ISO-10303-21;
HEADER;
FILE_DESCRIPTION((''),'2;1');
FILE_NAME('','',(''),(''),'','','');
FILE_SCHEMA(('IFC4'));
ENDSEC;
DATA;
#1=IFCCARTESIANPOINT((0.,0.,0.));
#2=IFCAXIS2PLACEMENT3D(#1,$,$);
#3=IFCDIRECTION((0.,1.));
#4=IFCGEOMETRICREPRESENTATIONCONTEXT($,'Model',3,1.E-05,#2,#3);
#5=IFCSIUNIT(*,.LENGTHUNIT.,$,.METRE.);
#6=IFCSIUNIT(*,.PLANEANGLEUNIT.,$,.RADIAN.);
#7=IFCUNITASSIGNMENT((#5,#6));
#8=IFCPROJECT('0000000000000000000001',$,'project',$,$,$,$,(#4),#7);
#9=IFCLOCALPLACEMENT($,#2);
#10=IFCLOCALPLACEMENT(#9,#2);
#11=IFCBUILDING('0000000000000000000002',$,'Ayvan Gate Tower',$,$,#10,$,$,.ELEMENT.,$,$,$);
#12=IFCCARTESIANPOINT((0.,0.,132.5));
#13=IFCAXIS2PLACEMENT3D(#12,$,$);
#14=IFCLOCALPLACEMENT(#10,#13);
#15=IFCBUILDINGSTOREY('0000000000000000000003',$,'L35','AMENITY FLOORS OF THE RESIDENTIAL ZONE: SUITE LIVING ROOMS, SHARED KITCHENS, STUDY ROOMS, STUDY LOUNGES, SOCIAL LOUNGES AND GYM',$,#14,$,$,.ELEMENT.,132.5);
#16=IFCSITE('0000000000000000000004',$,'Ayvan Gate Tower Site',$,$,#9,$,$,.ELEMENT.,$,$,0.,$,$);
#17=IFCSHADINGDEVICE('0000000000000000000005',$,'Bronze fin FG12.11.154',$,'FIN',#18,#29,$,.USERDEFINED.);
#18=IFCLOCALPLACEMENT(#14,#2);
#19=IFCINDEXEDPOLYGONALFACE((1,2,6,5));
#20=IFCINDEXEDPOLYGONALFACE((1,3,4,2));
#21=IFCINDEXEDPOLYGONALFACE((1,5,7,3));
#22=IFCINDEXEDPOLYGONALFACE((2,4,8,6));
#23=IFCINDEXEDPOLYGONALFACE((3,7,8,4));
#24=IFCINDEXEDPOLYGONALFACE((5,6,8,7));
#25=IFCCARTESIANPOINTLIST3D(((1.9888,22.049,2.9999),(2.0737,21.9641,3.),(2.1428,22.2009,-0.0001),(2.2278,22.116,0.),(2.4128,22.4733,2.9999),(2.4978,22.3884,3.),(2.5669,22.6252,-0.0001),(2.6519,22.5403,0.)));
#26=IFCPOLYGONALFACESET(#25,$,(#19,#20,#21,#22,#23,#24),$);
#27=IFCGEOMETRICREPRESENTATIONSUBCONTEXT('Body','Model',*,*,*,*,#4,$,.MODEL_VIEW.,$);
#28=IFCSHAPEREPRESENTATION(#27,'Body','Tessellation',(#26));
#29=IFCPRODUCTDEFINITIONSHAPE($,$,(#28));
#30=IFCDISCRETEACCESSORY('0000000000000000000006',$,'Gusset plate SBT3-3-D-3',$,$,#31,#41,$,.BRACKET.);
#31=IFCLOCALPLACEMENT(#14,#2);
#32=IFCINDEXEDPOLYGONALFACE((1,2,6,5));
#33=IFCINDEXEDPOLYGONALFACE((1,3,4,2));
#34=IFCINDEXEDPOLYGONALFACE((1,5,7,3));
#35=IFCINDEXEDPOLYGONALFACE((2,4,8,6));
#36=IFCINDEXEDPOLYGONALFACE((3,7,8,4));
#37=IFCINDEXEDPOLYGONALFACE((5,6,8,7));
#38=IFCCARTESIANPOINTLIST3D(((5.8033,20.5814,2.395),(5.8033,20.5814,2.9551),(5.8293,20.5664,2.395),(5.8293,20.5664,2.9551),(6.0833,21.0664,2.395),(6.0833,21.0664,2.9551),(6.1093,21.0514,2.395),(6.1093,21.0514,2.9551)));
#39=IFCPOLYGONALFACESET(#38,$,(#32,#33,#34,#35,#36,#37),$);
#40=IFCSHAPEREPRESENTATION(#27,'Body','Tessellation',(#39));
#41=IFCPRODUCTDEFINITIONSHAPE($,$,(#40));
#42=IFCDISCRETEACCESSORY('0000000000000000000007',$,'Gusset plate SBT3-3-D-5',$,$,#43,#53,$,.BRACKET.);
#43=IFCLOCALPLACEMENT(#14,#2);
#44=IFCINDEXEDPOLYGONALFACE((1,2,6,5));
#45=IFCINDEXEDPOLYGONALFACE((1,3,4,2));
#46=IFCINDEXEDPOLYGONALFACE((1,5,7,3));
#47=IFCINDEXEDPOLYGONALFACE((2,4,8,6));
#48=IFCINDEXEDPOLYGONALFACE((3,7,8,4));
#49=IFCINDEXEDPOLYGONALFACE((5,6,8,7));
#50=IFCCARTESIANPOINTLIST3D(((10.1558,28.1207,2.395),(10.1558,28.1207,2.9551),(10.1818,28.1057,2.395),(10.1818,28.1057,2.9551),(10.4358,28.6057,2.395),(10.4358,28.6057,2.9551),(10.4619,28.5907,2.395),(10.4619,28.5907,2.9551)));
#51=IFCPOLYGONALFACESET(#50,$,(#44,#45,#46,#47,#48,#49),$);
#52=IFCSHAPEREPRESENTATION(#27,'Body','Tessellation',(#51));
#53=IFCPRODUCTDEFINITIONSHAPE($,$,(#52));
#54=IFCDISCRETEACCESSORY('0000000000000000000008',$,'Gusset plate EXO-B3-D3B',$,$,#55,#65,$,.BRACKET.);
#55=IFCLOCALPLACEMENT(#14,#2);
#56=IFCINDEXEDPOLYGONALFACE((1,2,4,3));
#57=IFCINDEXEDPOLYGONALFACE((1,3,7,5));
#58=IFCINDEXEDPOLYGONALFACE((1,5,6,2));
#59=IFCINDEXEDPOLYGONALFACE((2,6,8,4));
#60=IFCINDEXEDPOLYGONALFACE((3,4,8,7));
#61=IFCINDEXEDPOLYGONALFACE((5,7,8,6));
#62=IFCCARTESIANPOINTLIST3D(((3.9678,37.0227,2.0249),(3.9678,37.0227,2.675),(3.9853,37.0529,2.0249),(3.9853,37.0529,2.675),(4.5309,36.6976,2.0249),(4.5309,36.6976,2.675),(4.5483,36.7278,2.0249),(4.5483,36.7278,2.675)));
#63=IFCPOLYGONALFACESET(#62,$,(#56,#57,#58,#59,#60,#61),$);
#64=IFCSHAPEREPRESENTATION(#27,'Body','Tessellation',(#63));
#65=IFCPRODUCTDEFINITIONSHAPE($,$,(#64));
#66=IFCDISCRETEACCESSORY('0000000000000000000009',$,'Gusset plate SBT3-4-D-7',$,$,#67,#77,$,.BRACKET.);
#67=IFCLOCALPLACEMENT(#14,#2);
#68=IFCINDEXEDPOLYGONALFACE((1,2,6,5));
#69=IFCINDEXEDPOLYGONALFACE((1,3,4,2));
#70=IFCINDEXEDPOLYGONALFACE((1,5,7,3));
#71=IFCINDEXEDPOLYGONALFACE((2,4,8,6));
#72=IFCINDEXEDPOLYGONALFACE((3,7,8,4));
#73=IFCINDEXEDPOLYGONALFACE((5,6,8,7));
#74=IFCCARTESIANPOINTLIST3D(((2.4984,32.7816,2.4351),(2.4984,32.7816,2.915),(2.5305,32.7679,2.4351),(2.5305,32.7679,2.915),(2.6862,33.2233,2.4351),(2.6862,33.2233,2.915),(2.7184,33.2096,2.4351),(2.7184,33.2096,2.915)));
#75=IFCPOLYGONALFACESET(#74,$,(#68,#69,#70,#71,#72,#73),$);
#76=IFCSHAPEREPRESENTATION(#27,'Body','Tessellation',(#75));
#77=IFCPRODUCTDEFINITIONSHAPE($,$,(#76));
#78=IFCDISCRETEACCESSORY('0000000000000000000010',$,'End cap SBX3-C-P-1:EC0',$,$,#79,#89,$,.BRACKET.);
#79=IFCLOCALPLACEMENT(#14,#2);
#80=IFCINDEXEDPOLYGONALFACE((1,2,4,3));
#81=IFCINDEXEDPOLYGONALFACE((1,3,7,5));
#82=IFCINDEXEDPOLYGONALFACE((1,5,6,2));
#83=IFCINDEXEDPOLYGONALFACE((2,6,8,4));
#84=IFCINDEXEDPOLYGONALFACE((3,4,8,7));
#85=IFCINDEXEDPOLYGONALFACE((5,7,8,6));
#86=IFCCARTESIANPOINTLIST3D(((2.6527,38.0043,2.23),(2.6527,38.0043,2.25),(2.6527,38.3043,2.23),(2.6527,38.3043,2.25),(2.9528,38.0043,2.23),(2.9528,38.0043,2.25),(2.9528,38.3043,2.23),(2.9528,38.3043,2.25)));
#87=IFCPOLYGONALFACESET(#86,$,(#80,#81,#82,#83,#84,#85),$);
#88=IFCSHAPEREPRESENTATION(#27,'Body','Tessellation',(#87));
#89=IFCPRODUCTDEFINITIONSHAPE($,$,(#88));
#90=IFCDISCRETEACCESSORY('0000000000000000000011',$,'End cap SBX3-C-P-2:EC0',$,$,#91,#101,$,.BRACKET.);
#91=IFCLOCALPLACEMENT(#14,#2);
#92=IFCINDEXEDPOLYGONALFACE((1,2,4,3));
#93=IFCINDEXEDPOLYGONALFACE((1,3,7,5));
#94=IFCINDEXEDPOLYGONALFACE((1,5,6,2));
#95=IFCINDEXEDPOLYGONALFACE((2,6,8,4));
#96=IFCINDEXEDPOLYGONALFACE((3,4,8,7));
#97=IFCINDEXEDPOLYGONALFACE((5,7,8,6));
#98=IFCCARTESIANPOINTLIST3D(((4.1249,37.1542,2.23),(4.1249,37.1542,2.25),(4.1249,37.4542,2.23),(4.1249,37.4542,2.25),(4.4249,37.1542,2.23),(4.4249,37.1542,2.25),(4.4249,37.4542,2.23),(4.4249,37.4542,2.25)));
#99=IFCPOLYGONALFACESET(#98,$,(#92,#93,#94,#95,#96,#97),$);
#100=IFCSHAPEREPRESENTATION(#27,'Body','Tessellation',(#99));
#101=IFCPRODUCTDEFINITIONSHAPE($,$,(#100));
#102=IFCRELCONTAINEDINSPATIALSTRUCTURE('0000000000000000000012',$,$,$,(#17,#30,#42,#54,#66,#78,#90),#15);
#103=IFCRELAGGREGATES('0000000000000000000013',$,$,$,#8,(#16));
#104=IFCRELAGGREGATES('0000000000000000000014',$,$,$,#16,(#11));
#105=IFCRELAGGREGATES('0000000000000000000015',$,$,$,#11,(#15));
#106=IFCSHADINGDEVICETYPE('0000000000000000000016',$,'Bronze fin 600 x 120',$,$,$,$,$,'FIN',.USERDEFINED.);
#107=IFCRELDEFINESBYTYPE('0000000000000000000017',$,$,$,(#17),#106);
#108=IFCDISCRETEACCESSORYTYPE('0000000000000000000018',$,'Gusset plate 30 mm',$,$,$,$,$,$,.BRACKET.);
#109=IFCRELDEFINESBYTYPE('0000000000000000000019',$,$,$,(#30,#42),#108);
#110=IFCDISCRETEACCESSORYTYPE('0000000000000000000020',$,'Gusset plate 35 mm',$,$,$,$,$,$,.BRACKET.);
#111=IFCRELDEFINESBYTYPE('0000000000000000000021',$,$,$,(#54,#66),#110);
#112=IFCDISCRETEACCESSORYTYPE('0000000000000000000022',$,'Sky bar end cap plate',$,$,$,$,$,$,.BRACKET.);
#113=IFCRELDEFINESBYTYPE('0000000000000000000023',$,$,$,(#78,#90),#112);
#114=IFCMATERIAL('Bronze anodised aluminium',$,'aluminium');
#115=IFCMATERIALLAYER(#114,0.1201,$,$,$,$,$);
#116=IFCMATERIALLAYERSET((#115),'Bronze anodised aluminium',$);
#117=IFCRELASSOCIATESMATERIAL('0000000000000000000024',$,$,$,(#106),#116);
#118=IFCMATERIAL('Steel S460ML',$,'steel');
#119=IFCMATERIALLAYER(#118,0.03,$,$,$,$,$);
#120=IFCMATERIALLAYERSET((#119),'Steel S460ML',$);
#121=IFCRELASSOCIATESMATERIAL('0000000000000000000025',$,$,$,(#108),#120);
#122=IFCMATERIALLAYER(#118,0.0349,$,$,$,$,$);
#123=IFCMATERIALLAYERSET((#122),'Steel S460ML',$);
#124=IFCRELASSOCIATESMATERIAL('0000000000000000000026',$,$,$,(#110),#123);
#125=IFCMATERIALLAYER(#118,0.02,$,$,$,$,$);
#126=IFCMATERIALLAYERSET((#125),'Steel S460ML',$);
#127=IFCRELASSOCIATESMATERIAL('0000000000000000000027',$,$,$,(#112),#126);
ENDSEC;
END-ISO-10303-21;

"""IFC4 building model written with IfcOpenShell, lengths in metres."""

from ifc_helpers import new_model, si_unit, direction, frame, origin, origin_2d, place, context, subcontext, project, spatial, polyline, rectangle, outline, extrude, material, layer, layer_set, type_object, element, save


model = new_model("IFC4")

# Units and contexts
model_context = context("Model", 3, precision=1e-05, world=origin(), true_north=direction((0.0, 1.0)))
body_context = subcontext(model_context, "Body", "Model", "MODEL_VIEW")
ifc_project = project(units=[si_unit("LENGTHUNIT", "METRE"), si_unit("PLANEANGLEUNIT", "RADIAN")], contexts=[model_context])

# Site, building, storey
site_placement = place(None, origin())
site = spatial("IfcSite", under=ifc_project, at=site_placement, Name="Ayvan Gate Tower Site", CompositionType="ELEMENT", RefElevation=0.0)
building_placement = place(site_placement, origin())
building = spatial("IfcBuilding", under=site, at=building_placement, Name="Ayvan Gate Tower", CompositionType="ELEMENT")
storey_placement = place(building_placement, frame((0.0, 0.0, 132.5)))
storey = spatial("IfcBuildingStorey", under=building, at=storey_placement, Name="L35", Description="AMENITY FLOORS OF THE RESIDENTIAL ZONE: SUITE LIVING ROOMS, SHARED KITCHENS, STUDY ROOMS, STUDY LOUNGES, SOCIAL LOUNGES AND GYM", CompositionType="ELEMENT", Elevation=132.5)

# Shared definitions
ifc_material_1 = material(Name="Bronze anodised aluminium", Category="aluminium")

# Shading device
ifc_layer_1 = layer(ifc_material_1, 0.1201)
ifc_layer_set_1 = layer_set([ifc_layer_1], Name="Bronze anodised aluminium")
shading_device_type = type_object("IfcShadingDeviceType", Name="Bronze fin 600 x 120", ElementType="FIN", PredefinedType="USERDEFINED", material=ifc_layer_set_1)
shading_device_1_placement = place(storey_placement, frame((2.2278, 22.116, 0.0), z_axis=(0.70731, -0.706903, 0.000539), x_axis=(0.706903, 0.70731, 0.0)))
element("IfcShadingDevice", 1, at=shading_device_1_placement, inside=storey, type_object=shading_device_type, Name="Bronze fin FG12.11.154", ObjectType="FIN", PredefinedType="USERDEFINED", context=body_context, shape_type="SweptSolid", body=[
    extrude(outline(polyline([(0.0, 0.0), (0.5999, 0.0), (0.3836, 3.0), (-0.2163, 3.0), (0.0, 0.0)])), origin(), (0.0, 0.0, -1.0), 0.1201),
])

# Discrete accessories
ifc_material_2 = material(Name="Steel S460ML", Category="steel")
ifc_layer_2 = layer(ifc_material_2, 0.03)
ifc_layer_set_2 = layer_set([ifc_layer_2], Name="Steel S460ML")
discrete_accessory_type_1 = type_object("IfcDiscreteAccessoryType", Name="Gusset plate 30 mm", PredefinedType="BRACKET", material=ifc_layer_set_2)
for number, where, z_axis, x_axis, name in (
    (2, (5.9563, 20.8164, 2.395), (0.0, 0.0, 1.0), (0.5, 0.866025, 0.0), "Gusset plate SBT3-3-D-3"),
    (3, (10.3088, 28.3557, 2.395), (0.0, 0.0, 1.0), (0.5, 0.866025, 0.0), "Gusset plate SBT3-3-D-5"),
):
    element("IfcDiscreteAccessory", number, at=place(storey_placement, frame(where, z_axis=z_axis, x_axis=x_axis)), inside=storey, type_object=discrete_accessory_type_1, Name=name, PredefinedType="BRACKET", context=body_context, shape_type="SweptSolid", body=[
        extrude(rectangle(XDim=0.5601, YDim=0.03, at=origin_2d()), origin(), (0.0, 0.0, 1.0), 0.5601),
    ])
ifc_layer_3 = layer(ifc_material_2, 0.0349)
ifc_layer_set_3 = layer_set([ifc_layer_3], Name="Steel S460ML")
discrete_accessory_type_2 = type_object("IfcDiscreteAccessoryType", Name="Gusset plate 35 mm", PredefinedType="BRACKET", material=ifc_layer_set_3)
discrete_accessory_1_placement = place(storey_placement, frame((4.2581, 36.8752, 2.0249), z_axis=(0.0, 0.0, 1.0), x_axis=(-0.866025, 0.5, 0.0)))
element("IfcDiscreteAccessory", 4, at=discrete_accessory_1_placement, inside=storey, type_object=discrete_accessory_type_2, Name="Gusset plate EXO-B3-D3B", PredefinedType="BRACKET", context=body_context, shape_type="SweptSolid", body=[
    extrude(rectangle(XDim=0.6501, YDim=0.0349, at=origin_2d()), origin(), (0.0, 0.0, 1.0), 0.6501),
])
discrete_accessory_2_placement = place(storey_placement, frame((2.6084, 32.9956, 2.4351), z_axis=(0.0, 0.0, 1.0), x_axis=(0.391324, 0.920253, 0.0)))
element("IfcDiscreteAccessory", 5, at=discrete_accessory_2_placement, inside=storey, type_object=discrete_accessory_type_2, Name="Gusset plate SBT3-4-D-7", PredefinedType="BRACKET", context=body_context, shape_type="SweptSolid", body=[
    extrude(rectangle(XDim=0.48, YDim=0.0349, at=origin_2d()), origin(), (0.0, 0.0, 1.0), 0.48),
])
ifc_layer_4 = layer(ifc_material_2, 0.02)
ifc_layer_set_4 = layer_set([ifc_layer_4], Name="Steel S460ML")
discrete_accessory_type_3 = type_object("IfcDiscreteAccessoryType", Name="Sky bar end cap plate", PredefinedType="BRACKET", material=ifc_layer_set_4)
for number, where, z_axis, x_axis, name in (
    (6, (2.8027, 38.1543, 2.23), (0.0, 0.0, 1.0), (1.0, 0.0, 0.0), "End cap SBX3-C-P-1:EC0"),
    (7, (4.2749, 37.3042, 2.23), (0.0, 0.0, 1.0), (1.0, 0.0, 0.0), "End cap SBX3-C-P-2:EC0"),
):
    element("IfcDiscreteAccessory", number, at=place(storey_placement, frame(where, z_axis=z_axis, x_axis=x_axis)), inside=storey, type_object=discrete_accessory_type_3, Name=name, PredefinedType="BRACKET", context=body_context, shape_type="SweptSolid", body=[
        extrude(rectangle(XDim=0.3, YDim=0.3, at=origin_2d()), origin(), (0.0, 0.0, 1.0), 0.02),
    ])

save(model, "model.ifc")
